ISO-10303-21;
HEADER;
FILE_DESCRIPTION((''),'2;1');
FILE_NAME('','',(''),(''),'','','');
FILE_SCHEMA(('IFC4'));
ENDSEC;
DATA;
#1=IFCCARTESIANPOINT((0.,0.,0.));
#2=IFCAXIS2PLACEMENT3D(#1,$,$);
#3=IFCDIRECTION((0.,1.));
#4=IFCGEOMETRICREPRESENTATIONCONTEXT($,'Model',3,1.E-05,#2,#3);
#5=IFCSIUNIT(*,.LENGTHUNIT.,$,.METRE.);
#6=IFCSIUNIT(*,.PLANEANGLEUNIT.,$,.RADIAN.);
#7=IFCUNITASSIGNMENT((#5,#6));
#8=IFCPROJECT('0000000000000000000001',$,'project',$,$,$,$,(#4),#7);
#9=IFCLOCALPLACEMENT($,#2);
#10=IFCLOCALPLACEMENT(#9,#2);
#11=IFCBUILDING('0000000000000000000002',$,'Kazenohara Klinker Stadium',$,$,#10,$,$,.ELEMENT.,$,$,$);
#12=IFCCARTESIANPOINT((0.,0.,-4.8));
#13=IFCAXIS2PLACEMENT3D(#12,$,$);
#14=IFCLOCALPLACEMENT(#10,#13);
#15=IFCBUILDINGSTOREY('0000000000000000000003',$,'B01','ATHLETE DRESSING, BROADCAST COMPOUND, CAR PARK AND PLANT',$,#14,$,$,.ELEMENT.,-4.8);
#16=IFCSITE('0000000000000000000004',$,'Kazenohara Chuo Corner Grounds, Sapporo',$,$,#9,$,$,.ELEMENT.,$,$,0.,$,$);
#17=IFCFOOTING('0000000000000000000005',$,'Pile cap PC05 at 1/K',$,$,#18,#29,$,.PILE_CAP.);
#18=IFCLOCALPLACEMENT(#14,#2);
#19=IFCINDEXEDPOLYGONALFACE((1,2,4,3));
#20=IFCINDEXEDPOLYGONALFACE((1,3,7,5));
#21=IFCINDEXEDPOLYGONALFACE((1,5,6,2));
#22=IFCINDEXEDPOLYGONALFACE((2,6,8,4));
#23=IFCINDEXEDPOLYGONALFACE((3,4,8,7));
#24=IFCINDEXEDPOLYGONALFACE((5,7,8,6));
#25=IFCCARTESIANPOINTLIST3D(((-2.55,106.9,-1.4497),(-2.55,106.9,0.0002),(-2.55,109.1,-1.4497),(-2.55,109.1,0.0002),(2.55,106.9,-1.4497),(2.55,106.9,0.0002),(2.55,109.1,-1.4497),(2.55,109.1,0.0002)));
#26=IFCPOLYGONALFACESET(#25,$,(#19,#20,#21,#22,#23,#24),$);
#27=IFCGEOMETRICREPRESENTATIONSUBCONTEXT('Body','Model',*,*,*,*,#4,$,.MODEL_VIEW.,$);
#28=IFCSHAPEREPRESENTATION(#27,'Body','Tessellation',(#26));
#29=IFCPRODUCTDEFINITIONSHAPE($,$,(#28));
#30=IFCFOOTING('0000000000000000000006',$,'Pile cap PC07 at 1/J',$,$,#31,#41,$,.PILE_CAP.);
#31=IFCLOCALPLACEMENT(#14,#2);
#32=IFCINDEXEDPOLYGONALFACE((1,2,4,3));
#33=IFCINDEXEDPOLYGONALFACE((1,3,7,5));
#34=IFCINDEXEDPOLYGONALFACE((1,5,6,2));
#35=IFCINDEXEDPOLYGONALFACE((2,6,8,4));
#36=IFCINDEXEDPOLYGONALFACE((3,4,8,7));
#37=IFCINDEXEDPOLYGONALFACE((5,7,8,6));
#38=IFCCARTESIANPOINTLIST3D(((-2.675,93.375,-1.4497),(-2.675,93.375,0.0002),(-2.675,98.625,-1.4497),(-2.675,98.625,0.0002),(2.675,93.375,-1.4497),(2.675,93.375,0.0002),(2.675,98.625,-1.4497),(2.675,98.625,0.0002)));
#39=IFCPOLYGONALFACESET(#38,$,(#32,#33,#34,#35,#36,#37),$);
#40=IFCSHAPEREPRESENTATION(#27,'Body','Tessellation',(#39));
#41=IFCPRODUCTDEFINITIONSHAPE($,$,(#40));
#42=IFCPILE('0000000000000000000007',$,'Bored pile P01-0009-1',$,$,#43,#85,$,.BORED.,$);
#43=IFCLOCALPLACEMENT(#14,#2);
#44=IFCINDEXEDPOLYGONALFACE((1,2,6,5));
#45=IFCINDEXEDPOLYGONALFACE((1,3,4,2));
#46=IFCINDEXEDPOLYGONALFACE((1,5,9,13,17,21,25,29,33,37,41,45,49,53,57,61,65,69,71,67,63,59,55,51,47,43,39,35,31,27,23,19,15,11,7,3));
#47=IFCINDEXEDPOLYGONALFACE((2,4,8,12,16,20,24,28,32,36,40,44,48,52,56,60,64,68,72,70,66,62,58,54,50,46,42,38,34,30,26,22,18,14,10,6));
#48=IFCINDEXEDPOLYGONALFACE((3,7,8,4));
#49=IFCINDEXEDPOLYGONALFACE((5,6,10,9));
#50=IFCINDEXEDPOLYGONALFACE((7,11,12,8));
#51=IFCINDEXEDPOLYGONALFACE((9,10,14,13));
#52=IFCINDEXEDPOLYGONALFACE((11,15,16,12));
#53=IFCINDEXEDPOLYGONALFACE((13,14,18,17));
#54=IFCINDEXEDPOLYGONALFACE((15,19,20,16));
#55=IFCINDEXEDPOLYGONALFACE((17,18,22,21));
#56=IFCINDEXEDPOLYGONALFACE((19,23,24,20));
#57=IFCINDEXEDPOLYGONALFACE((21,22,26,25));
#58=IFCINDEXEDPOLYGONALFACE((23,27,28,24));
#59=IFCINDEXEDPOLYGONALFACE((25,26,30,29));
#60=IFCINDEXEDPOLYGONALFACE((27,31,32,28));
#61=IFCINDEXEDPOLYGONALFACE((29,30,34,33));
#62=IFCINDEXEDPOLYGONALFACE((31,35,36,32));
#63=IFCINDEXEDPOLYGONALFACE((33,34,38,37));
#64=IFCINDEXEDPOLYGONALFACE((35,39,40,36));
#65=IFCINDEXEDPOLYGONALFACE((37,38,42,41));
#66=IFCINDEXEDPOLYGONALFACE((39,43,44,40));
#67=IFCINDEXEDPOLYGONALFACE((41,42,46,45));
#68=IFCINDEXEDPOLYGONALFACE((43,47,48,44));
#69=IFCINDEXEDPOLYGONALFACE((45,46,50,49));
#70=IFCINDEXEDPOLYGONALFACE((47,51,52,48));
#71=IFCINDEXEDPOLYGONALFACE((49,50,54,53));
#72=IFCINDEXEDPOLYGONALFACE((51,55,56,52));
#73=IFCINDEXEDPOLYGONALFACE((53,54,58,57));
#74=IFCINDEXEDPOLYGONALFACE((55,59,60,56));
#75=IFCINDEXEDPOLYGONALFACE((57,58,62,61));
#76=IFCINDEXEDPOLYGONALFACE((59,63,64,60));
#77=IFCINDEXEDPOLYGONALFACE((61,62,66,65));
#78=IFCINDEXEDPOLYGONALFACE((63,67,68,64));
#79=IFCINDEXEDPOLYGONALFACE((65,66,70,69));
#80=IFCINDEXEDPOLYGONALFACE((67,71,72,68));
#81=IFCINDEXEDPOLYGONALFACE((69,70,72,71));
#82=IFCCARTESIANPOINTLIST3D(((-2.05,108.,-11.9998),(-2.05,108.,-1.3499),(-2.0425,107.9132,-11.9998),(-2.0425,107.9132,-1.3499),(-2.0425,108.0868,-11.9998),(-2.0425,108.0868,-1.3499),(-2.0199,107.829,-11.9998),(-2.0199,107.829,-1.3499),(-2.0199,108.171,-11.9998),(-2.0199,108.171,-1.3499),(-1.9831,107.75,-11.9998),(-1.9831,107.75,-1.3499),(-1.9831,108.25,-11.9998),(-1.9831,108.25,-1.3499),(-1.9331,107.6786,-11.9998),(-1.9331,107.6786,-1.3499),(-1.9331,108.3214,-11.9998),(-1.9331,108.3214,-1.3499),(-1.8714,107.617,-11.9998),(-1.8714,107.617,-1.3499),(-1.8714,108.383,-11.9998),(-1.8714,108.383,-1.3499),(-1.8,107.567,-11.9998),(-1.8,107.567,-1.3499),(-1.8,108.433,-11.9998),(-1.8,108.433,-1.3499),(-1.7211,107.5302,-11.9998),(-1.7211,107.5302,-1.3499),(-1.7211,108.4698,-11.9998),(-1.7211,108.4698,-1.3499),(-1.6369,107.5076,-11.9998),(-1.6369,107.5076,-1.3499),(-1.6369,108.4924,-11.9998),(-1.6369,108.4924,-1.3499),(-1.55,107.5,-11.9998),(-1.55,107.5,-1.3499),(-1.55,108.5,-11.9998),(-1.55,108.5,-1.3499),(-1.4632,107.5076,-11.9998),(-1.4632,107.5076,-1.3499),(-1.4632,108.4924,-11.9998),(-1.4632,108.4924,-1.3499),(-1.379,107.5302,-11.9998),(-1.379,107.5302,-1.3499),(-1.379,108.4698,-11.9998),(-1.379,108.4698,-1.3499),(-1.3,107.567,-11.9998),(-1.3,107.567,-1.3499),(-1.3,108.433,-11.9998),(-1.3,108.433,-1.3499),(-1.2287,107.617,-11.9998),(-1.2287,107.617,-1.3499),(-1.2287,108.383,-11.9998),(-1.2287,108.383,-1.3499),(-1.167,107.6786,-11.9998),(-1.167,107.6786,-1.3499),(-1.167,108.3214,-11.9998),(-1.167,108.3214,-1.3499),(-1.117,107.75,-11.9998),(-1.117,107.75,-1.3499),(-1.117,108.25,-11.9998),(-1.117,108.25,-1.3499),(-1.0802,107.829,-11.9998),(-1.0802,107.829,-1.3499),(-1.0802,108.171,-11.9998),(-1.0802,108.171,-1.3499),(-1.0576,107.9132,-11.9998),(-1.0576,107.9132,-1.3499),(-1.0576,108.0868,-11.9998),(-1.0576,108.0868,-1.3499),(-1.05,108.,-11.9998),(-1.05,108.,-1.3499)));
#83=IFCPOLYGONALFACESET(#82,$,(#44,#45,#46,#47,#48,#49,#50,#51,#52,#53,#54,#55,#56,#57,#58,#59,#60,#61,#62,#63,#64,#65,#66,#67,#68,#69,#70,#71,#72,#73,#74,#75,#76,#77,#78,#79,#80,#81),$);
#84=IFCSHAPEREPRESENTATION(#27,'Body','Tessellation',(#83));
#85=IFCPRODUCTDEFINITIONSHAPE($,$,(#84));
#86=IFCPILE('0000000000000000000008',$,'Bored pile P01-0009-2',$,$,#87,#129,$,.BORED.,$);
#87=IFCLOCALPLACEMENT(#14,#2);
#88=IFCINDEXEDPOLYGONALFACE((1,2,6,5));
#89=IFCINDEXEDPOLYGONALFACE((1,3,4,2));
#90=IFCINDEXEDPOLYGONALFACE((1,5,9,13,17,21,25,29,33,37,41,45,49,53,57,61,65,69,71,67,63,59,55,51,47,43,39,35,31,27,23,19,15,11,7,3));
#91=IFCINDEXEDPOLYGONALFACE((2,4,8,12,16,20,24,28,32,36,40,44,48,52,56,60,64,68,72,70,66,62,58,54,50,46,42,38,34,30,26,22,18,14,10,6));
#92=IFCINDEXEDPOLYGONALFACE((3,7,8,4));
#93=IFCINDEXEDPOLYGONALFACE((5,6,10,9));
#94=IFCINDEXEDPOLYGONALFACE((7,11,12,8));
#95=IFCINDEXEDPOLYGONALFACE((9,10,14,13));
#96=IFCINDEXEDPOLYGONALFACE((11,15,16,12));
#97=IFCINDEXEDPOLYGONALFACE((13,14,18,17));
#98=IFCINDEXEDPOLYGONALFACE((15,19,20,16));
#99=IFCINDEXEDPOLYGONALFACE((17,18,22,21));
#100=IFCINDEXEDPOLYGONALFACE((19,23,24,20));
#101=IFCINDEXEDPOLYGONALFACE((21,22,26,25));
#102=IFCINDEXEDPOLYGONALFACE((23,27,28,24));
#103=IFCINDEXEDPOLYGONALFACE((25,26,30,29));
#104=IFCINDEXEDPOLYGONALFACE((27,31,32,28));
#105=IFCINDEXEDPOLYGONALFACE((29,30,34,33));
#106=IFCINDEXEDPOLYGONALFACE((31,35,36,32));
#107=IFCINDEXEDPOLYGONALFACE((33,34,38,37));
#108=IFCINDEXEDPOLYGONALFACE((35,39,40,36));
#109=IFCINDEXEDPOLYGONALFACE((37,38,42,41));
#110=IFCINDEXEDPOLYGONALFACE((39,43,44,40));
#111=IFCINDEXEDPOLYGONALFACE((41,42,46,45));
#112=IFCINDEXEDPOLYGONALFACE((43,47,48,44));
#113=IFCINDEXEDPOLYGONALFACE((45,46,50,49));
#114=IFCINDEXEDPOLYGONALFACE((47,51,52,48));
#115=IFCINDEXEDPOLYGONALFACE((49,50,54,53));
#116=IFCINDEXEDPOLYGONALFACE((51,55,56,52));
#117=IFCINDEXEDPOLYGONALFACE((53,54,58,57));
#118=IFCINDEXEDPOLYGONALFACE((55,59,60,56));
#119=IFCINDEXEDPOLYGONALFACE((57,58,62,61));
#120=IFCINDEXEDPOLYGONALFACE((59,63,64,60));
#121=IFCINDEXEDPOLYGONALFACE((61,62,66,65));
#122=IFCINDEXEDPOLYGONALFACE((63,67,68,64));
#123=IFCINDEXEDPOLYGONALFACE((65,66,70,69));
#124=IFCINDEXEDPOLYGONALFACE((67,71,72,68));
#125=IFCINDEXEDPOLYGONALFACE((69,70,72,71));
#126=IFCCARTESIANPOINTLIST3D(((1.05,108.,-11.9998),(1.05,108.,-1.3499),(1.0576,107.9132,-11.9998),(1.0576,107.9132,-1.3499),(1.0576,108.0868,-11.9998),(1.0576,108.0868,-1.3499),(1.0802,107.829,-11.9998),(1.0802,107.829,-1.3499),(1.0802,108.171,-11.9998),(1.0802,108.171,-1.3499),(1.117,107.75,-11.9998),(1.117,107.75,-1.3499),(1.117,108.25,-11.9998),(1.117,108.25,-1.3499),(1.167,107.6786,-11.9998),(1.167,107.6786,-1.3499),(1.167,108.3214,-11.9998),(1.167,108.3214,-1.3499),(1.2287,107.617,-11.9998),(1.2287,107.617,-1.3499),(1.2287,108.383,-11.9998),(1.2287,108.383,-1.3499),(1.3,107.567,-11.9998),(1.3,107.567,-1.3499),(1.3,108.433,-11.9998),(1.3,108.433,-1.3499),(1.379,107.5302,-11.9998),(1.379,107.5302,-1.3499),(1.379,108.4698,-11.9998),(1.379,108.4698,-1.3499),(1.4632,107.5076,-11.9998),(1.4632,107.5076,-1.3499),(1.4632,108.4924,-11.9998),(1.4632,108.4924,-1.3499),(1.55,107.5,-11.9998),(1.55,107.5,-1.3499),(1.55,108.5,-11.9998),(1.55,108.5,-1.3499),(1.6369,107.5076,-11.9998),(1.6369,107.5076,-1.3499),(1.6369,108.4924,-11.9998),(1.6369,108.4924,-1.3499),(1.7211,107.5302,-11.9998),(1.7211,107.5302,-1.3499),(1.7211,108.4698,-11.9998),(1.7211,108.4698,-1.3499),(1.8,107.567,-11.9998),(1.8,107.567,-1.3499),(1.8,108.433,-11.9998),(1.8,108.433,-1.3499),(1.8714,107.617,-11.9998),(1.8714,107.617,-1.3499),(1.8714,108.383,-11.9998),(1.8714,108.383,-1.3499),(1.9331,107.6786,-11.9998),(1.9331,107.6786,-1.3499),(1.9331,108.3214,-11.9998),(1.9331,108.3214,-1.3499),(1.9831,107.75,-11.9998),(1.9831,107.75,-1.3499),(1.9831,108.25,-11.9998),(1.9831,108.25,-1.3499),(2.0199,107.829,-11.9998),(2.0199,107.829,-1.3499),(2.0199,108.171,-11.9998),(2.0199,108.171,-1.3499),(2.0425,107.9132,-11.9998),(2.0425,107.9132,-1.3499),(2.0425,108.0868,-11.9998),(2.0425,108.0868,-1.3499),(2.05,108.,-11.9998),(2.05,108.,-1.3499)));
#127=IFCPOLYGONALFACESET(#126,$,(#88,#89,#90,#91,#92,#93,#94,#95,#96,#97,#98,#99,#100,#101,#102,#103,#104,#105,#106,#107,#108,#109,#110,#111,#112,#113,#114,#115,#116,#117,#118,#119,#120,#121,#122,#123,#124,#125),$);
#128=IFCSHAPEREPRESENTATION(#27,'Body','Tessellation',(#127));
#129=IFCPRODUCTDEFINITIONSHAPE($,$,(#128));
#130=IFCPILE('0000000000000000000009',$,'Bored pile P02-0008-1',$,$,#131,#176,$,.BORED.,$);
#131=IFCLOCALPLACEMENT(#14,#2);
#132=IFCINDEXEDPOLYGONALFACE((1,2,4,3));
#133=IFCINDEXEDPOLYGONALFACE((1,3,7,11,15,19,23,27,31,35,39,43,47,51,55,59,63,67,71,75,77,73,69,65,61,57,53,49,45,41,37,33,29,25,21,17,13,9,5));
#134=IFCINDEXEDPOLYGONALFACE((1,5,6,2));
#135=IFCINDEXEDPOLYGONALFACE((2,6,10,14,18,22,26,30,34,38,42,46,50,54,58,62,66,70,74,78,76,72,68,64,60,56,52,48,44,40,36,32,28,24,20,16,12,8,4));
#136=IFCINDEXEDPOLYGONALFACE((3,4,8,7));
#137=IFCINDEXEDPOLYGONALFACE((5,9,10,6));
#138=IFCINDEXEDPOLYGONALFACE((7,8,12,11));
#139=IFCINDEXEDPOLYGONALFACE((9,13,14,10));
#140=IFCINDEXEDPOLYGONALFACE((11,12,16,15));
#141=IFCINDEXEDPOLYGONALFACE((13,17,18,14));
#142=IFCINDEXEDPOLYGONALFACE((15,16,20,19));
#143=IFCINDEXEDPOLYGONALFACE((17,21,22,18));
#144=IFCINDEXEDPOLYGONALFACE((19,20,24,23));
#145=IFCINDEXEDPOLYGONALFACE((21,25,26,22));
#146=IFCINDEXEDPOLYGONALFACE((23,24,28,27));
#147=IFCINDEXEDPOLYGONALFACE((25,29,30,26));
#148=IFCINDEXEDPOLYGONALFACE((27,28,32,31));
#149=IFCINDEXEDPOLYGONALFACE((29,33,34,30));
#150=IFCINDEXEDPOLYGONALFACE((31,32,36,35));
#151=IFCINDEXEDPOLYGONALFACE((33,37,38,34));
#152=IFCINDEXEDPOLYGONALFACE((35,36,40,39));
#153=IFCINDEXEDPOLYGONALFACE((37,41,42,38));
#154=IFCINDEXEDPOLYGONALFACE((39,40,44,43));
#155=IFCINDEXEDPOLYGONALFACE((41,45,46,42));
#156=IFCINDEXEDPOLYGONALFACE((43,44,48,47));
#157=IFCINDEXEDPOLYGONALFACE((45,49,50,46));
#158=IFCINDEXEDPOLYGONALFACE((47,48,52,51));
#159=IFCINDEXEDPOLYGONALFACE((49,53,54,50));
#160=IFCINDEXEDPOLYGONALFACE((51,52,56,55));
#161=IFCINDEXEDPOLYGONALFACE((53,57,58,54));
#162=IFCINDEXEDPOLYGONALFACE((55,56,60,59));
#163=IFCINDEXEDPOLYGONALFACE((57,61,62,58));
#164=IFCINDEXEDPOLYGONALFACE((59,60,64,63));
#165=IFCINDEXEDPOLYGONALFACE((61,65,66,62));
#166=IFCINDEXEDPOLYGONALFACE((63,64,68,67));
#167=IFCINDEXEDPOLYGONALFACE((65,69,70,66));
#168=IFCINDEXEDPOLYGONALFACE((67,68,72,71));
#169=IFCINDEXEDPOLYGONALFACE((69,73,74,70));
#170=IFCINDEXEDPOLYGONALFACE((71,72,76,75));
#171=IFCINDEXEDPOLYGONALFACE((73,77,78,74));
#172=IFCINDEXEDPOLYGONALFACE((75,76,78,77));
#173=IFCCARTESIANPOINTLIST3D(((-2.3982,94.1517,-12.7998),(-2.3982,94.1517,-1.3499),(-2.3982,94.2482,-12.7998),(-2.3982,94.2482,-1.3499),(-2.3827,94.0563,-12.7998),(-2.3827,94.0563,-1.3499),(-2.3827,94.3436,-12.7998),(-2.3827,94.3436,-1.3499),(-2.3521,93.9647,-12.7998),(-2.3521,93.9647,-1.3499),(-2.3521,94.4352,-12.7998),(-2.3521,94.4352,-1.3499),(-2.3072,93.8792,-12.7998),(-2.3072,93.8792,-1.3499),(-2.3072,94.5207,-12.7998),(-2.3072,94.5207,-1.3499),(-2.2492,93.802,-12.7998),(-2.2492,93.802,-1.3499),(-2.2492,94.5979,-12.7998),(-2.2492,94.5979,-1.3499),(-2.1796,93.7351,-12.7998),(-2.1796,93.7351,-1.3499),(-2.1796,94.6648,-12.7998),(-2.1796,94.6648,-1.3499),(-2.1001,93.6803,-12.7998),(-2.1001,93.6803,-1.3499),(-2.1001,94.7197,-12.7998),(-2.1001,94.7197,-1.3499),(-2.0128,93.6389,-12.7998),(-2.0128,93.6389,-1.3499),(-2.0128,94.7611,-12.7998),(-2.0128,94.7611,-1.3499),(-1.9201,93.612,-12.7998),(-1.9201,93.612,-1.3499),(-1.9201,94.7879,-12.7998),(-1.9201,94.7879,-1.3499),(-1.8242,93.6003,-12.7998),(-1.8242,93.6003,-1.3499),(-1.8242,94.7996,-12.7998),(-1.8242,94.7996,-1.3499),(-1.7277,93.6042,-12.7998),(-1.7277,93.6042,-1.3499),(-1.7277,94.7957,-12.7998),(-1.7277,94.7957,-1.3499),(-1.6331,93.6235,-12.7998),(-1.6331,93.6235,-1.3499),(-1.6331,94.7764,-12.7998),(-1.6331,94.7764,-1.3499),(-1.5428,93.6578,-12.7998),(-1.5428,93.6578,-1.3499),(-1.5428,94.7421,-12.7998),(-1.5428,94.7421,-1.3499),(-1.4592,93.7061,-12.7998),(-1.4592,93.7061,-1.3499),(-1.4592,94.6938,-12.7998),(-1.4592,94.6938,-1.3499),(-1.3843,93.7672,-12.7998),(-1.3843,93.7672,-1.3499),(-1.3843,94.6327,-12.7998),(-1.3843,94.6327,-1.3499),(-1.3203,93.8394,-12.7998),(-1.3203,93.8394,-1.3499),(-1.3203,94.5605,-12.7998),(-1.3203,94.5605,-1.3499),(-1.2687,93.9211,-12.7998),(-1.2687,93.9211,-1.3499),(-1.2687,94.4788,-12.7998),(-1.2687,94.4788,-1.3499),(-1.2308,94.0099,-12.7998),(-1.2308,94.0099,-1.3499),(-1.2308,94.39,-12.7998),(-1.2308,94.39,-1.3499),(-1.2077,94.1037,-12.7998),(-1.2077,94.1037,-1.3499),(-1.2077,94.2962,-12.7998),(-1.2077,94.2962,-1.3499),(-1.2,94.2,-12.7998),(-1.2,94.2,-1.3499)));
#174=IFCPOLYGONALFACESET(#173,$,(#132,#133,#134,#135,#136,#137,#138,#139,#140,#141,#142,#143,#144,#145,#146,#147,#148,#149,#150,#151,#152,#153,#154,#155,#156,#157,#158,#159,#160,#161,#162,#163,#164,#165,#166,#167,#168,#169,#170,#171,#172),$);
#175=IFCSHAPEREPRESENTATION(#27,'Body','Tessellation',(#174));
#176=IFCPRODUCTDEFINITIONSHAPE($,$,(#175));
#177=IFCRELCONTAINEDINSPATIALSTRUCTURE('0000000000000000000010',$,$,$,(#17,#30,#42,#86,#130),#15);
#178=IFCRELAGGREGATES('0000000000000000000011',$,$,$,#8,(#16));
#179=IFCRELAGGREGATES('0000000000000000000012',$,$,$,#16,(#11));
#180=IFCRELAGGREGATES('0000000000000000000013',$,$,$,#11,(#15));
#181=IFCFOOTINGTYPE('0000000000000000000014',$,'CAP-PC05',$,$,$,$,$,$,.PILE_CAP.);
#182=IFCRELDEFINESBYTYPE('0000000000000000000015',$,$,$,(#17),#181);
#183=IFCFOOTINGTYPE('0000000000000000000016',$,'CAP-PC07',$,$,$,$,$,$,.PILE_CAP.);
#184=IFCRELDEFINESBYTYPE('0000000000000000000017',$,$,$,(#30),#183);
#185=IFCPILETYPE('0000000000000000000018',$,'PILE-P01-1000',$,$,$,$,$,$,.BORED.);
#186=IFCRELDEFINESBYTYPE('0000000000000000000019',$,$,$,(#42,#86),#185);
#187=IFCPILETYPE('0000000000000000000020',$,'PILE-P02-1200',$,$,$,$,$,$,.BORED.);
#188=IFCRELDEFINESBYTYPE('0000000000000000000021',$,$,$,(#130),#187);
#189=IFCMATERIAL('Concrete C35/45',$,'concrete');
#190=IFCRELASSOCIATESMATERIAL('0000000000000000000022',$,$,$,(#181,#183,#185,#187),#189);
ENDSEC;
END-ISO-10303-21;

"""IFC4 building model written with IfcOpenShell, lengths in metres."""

from ifc_helpers import new_model, si_unit, direction, frame, origin, origin_2d, place, context, subcontext, project, spatial, rectangle, circle, extrude, material, material_profile, profile_set, type_object, element, save


model = new_model("IFC4")

# Units and contexts
model_context = context("Model", 3, precision=1e-05, world=origin(), true_north=direction((0.0, 1.0)))
body_context = subcontext(model_context, "Body", "Model", "MODEL_VIEW")
ifc_project = project(units=[si_unit("LENGTHUNIT", "METRE"), si_unit("PLANEANGLEUNIT", "RADIAN")], contexts=[model_context])

# Site, building, storey
site_placement = place(None, origin())
site = spatial("IfcSite", under=ifc_project, at=site_placement, Name="Kazenohara Chuo Corner Grounds, Sapporo", CompositionType="ELEMENT", RefElevation=0.0)
building_placement = place(site_placement, origin())
building = spatial("IfcBuilding", under=site, at=building_placement, Name="Kazenohara Klinker Stadium", CompositionType="ELEMENT")
storey_placement = place(building_placement, frame((0.0, 0.0, -4.8)))
storey = spatial("IfcBuildingStorey", under=building, at=storey_placement, Name="B01", Description="ATHLETE DRESSING, BROADCAST COMPOUND, CAR PARK AND PLANT", CompositionType="ELEMENT", Elevation=-4.8)

# Footings
ifc_material_1 = material(Name="Concrete C35/45", Category="concrete")
footing_type_1 = type_object("IfcFootingType", Name="CAP-PC05", PredefinedType="PILE_CAP", material=ifc_material_1)
footing_1_placement = place(storey_placement, frame((0.0, 108.0, -1.4497), z_axis=(0.0, 0.0, 1.0), x_axis=(1.0, 0.0, 0.0)))
element("IfcFooting", 1, at=footing_1_placement, inside=storey, type_object=footing_type_1, Name="Pile cap PC05 at 1/K", PredefinedType="PILE_CAP", context=body_context, shape_type="SweptSolid", body=[
    extrude(rectangle(XDim=5.1001, YDim=2.2, at=origin_2d()), origin(), (0.0, 0.0, 1.0), 1.45),
])
footing_type_2 = type_object("IfcFootingType", Name="CAP-PC07", PredefinedType="PILE_CAP", material=ifc_material_1)
footing_2_placement = place(storey_placement, frame((0.0, 96.0, -1.4497), z_axis=(0.0, 0.0, 1.0), x_axis=(1.0, 0.0, 0.0)))
element("IfcFooting", 2, at=footing_2_placement, inside=storey, type_object=footing_type_2, Name="Pile cap PC07 at 1/J", PredefinedType="PILE_CAP", context=body_context, shape_type="SweptSolid", body=[
    extrude(rectangle(XDim=5.3501, YDim=5.25, at=origin_2d()), origin(), (0.0, 0.0, 1.0), 1.45),
])

# Piles
ifc_material_profile_1 = material_profile(ifc_material_1, circle(Radius=0.5, at=origin_2d()), Name="BORED-PILE-1000")
ifc_profile_set_1 = profile_set([ifc_material_profile_1], Name="Concrete C35/45")
pile_type_1 = type_object("IfcPileType", Name="PILE-P01-1000", PredefinedType="BORED", material=ifc_profile_set_1)
for number, where, z_axis, x_axis, name in (
    (3, (-1.55, 108.0, -1.3499), (0.0, 0.0, -1.0), (1.0, 0.0, 0.0), "Bored pile P01-0009-1"),
    (4, (1.55, 108.0, -1.3499), (0.0, 0.0, -1.0), (1.0, 0.0, 0.0), "Bored pile P01-0009-2"),
):
    element("IfcPile", number, at=place(storey_placement, frame(where, z_axis=z_axis, x_axis=x_axis)), inside=storey, type_object=pile_type_1, Name=name, PredefinedType="BORED", context=body_context, shape_type="SweptSolid", body=[
        extrude(circle(Radius=0.5, at=origin_2d()), origin(), (0.0, 0.0, 1.0), 10.6499),
    ])
ifc_material_profile_2 = material_profile(ifc_material_1, circle(Radius=0.6001, at=origin_2d()), Name="BORED-PILE-1200")
ifc_profile_set_2 = profile_set([ifc_material_profile_2], Name="Concrete C35/45")
pile_type_2 = type_object("IfcPileType", Name="PILE-P02-1200", PredefinedType="BORED", material=ifc_profile_set_2)
for number, where, z_axis, x_axis, name in (
    (5, (-1.8, 94.2, -1.3499), (0.0, 0.0, -1.0), (1.0, 0.0, 0.0), "Bored pile P02-0008-1"),
):
    element("IfcPile", number, at=place(storey_placement, frame(where, z_axis=z_axis, x_axis=x_axis)), inside=storey, type_object=pile_type_2, Name=name, PredefinedType="BORED", context=body_context, shape_type="SweptSolid", body=[
        extrude(circle(Radius=0.6001, at=origin_2d()), origin(), (0.0, 0.0, 1.0), 11.45),
    ])

save(model, "model.ifc")
